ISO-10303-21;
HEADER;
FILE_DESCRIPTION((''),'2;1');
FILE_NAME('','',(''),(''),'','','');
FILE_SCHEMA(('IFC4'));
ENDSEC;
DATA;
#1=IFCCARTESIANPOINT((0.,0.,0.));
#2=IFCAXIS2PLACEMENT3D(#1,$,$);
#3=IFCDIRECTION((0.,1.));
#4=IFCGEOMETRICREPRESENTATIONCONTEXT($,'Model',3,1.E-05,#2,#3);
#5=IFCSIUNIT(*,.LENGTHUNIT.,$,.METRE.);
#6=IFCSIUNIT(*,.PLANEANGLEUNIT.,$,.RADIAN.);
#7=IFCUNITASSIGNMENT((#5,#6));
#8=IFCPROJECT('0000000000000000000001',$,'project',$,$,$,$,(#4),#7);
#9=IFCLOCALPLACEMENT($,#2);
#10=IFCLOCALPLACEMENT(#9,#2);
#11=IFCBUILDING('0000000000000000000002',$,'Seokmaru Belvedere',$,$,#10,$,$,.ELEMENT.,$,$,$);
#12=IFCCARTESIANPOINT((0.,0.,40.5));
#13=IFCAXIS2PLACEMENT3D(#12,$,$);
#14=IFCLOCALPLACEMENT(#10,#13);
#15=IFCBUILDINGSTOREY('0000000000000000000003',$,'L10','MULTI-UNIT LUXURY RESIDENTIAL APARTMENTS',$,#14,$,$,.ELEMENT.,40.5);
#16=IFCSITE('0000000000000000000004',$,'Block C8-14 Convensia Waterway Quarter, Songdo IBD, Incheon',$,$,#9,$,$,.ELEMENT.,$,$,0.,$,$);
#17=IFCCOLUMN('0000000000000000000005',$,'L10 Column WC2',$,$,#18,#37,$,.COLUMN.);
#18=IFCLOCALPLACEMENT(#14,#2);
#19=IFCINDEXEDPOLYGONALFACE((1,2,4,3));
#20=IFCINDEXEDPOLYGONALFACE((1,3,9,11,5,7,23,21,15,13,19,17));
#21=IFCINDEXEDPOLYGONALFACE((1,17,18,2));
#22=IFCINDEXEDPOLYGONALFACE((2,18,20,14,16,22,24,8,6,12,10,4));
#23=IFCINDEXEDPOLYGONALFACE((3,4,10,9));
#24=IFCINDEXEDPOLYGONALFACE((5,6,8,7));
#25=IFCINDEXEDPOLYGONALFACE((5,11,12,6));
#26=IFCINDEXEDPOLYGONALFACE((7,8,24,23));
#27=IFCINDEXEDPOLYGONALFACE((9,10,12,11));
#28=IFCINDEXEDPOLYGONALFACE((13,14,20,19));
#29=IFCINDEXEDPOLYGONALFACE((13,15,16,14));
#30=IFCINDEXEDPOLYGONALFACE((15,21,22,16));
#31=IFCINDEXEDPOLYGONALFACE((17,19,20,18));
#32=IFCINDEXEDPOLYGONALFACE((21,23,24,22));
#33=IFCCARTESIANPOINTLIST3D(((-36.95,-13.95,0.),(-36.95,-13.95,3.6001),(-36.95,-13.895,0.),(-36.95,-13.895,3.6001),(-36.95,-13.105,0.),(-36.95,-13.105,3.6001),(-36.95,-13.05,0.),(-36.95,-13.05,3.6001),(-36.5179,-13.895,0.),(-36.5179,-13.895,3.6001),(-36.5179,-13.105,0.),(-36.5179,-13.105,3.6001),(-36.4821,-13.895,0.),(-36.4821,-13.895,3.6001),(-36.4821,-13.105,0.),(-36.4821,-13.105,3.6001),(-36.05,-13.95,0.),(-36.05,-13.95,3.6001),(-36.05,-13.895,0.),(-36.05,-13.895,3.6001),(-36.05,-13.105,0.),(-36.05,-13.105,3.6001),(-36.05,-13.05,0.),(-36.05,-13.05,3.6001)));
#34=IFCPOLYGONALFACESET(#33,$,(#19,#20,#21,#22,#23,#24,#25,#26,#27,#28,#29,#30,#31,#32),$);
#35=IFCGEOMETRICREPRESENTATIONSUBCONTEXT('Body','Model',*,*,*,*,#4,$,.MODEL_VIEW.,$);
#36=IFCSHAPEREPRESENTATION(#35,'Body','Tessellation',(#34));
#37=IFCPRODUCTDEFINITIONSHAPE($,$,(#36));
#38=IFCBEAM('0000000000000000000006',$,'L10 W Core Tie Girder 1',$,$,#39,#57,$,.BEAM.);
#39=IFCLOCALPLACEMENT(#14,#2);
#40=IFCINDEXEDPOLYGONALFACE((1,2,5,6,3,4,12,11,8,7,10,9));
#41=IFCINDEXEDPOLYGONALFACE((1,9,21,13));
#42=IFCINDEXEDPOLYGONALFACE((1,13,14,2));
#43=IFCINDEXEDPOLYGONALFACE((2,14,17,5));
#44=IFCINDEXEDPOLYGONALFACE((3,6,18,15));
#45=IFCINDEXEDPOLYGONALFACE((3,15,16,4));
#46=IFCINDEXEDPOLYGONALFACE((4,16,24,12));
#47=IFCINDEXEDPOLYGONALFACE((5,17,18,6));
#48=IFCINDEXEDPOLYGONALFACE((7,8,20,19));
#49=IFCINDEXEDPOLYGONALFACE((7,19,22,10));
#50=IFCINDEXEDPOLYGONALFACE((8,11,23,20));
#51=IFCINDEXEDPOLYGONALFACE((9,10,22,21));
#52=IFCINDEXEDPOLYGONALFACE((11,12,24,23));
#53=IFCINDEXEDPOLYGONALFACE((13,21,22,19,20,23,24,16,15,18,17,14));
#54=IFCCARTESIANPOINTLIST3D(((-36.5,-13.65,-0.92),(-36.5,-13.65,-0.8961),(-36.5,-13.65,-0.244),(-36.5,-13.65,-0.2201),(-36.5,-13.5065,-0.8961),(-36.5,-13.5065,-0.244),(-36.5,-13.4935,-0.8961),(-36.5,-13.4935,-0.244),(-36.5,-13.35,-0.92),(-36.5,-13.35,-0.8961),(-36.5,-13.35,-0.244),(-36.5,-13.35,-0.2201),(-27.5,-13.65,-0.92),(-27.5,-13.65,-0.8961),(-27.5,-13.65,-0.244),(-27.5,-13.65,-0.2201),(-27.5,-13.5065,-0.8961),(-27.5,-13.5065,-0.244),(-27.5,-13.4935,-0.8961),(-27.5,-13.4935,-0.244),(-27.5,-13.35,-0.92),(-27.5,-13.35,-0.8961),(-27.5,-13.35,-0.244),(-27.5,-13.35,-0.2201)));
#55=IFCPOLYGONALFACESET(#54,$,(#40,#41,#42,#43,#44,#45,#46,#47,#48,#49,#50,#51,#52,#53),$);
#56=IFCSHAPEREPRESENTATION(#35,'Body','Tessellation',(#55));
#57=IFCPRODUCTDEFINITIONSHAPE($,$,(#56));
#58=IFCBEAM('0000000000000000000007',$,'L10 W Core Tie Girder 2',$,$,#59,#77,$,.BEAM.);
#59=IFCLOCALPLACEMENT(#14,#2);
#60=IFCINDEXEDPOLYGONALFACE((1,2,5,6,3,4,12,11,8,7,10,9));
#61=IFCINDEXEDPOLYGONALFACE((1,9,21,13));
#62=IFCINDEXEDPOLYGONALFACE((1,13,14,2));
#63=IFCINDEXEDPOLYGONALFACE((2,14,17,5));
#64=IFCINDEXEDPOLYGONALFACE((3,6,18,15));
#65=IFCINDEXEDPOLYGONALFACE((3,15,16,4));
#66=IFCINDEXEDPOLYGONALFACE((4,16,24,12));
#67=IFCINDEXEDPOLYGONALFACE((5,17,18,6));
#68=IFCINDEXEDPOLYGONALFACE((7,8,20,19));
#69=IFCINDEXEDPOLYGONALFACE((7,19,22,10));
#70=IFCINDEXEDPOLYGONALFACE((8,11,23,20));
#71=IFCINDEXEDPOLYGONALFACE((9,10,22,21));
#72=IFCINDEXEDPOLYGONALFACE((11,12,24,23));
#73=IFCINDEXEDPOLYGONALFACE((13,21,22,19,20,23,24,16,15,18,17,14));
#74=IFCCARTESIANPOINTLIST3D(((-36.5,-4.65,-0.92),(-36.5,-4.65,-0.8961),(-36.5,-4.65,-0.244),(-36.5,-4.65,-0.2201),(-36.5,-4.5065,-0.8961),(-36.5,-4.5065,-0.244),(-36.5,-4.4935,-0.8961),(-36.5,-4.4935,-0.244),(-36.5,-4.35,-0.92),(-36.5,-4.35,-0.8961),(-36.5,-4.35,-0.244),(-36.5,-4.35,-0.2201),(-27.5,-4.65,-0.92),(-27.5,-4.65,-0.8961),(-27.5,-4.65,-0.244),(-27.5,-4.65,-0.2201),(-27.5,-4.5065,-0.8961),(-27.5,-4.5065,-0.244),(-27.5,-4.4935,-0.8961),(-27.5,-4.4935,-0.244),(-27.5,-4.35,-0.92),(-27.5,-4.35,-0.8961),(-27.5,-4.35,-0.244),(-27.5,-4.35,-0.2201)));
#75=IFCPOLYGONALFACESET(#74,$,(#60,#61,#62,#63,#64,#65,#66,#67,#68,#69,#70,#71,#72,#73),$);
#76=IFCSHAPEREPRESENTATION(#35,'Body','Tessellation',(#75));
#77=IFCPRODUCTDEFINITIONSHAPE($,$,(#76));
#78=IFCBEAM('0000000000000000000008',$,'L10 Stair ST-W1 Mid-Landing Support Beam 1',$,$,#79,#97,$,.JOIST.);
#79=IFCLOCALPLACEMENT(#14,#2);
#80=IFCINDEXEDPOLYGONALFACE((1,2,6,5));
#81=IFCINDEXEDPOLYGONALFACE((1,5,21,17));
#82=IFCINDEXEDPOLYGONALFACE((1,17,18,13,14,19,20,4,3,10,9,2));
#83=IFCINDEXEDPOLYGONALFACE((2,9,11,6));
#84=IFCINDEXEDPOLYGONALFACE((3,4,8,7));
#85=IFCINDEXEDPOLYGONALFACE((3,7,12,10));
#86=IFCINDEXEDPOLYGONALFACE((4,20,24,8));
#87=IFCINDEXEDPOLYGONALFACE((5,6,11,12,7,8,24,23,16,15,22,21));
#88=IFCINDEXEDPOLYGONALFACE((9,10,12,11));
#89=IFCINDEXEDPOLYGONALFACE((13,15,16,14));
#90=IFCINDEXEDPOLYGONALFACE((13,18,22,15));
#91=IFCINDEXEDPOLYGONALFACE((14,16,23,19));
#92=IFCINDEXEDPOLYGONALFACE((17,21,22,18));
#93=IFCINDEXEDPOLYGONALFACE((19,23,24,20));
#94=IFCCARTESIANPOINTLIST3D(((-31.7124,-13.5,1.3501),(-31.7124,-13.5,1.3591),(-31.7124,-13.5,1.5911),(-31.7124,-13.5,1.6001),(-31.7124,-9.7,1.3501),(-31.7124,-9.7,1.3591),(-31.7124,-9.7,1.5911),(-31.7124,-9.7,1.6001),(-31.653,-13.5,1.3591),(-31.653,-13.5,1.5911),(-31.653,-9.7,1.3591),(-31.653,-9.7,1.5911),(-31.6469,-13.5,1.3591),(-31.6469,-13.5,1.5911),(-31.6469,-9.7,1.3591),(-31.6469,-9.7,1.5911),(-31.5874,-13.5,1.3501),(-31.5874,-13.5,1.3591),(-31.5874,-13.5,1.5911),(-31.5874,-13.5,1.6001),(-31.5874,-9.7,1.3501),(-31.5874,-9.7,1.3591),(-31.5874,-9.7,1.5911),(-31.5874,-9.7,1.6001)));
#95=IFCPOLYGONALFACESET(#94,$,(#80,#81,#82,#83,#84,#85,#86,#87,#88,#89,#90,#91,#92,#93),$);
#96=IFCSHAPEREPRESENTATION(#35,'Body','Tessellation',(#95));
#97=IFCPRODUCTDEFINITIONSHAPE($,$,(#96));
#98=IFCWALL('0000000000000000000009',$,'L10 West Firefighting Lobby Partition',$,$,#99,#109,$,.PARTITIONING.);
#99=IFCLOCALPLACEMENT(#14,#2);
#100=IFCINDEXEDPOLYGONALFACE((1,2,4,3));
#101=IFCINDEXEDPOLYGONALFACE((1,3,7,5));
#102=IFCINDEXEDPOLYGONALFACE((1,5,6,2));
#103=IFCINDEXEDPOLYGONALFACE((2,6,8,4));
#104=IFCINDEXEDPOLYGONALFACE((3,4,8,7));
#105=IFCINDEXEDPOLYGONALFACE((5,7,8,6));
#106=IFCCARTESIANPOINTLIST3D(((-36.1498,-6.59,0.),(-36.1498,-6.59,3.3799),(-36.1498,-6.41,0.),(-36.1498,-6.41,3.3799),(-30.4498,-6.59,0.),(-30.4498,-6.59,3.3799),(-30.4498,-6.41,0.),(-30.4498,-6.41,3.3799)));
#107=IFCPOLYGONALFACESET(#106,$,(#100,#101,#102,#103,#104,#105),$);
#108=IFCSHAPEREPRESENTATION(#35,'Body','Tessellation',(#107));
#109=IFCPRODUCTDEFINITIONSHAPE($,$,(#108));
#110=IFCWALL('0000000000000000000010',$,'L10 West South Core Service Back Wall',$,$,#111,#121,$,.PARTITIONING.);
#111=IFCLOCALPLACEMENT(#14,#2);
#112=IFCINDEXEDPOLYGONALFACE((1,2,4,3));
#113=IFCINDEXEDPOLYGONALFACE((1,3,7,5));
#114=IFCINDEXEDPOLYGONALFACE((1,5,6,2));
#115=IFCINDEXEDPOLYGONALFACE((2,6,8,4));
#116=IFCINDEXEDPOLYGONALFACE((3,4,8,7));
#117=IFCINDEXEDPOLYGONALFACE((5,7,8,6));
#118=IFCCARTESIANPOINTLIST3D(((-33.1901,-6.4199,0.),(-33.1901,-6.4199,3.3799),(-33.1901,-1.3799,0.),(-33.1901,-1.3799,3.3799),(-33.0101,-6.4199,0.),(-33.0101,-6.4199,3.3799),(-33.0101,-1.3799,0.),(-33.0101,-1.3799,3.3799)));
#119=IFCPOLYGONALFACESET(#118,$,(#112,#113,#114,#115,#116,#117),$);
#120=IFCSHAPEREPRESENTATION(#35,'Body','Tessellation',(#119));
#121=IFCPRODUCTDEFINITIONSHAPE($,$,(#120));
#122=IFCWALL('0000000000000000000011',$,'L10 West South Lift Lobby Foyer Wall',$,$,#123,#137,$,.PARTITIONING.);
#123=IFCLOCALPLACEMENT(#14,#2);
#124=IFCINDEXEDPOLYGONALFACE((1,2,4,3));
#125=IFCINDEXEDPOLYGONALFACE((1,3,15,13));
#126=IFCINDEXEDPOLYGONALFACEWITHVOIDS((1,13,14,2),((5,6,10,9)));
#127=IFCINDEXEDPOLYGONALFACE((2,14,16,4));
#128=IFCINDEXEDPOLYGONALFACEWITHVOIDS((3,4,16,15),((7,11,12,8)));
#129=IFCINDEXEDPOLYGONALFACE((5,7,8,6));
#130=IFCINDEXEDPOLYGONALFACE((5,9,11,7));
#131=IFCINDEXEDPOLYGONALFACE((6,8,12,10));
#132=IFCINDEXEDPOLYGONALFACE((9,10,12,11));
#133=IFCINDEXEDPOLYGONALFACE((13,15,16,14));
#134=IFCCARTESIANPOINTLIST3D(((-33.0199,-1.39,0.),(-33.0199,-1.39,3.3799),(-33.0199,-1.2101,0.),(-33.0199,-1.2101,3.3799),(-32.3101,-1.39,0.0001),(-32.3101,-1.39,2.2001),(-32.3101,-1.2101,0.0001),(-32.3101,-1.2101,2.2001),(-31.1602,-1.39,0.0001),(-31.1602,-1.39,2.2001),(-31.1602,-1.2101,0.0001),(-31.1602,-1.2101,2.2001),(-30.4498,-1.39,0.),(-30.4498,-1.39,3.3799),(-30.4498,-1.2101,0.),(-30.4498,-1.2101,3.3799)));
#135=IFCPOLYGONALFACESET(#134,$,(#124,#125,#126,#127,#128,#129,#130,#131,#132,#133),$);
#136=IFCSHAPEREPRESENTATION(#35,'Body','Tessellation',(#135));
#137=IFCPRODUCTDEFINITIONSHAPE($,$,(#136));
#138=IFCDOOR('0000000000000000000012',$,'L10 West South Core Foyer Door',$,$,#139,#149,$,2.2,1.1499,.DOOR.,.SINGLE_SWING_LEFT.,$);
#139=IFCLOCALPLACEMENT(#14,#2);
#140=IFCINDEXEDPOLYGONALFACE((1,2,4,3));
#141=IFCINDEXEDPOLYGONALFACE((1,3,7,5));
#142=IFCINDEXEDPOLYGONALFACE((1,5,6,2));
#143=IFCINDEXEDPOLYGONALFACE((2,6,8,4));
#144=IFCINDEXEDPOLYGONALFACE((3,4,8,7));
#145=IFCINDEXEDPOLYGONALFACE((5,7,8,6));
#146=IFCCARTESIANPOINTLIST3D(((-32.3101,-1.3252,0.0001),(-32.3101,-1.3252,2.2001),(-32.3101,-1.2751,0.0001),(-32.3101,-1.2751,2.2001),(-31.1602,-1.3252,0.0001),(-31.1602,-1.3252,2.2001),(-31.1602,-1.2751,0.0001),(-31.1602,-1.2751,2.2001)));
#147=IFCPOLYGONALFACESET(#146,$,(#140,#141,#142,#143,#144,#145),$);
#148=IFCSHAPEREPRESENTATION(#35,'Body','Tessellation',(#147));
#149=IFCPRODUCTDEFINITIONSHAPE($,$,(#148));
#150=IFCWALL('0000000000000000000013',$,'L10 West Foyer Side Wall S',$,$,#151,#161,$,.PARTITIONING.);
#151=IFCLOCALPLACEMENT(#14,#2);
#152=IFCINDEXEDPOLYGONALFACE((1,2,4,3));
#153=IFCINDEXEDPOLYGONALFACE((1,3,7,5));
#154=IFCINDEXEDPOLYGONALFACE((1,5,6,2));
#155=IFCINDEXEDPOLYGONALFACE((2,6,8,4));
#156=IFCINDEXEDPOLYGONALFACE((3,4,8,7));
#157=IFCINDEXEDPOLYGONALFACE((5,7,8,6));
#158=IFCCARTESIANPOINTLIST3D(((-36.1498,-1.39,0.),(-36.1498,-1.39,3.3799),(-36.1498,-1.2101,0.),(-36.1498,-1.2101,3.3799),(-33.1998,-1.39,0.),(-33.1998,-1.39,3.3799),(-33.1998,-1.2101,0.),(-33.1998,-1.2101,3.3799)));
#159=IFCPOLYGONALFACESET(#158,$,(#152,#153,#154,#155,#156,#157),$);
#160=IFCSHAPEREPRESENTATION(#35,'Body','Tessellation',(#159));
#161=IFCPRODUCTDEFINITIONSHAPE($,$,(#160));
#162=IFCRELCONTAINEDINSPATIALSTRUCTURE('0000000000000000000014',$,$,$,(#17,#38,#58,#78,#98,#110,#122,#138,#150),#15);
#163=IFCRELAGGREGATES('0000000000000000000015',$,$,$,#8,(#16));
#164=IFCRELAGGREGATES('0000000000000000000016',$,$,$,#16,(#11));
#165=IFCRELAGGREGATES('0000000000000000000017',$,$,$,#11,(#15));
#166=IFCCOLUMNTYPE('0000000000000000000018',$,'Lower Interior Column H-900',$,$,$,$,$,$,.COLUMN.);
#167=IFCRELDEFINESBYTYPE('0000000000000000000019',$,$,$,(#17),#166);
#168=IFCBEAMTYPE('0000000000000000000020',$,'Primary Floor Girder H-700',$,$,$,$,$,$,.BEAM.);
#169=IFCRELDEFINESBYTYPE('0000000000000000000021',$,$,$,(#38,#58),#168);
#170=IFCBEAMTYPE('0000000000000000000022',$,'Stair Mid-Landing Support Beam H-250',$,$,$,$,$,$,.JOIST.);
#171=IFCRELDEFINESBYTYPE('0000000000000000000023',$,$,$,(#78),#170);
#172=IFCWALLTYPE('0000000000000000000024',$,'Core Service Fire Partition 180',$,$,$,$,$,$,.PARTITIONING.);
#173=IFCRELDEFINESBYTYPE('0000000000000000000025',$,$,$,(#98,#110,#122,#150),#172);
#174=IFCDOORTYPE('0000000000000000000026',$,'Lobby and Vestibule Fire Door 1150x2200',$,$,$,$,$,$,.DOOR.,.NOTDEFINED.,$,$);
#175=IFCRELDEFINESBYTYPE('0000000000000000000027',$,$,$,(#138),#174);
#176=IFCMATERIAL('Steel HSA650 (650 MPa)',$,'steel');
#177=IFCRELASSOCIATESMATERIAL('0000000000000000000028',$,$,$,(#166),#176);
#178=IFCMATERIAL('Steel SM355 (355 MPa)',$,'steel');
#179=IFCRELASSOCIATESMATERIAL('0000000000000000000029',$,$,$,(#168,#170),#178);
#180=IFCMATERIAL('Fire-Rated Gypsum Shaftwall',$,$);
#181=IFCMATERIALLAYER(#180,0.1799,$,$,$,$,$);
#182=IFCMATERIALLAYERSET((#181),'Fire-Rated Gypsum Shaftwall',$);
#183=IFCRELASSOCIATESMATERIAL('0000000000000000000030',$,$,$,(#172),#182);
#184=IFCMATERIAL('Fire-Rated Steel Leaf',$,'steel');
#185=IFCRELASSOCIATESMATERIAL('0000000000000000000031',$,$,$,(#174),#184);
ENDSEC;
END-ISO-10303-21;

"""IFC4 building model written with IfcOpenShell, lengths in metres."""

from ifc_helpers import new_model, si_unit, direction, frame, frame_2d, origin, origin_2d, place, context, subcontext, project, spatial, rectangle, i_section, extrude, source, transform, mapped, material, layer, layer_set, material_profile, profile_set, type_object, type_shapes, element, fill, save


model = new_model("IFC4")

# Units and contexts
model_context = context("Model", 3, precision=1e-05, world=origin(), true_north=direction((0.0, 1.0)))
body_context = subcontext(model_context, "Body", "Model", "MODEL_VIEW")
ifc_project = project(units=[si_unit("LENGTHUNIT", "METRE"), si_unit("PLANEANGLEUNIT", "RADIAN")], contexts=[model_context])

# Site, building, storey
site_placement = place(None, origin())
site = spatial("IfcSite", under=ifc_project, at=site_placement, Name="Block C8-14 Convensia Waterway Quarter, Songdo IBD, Incheon", CompositionType="ELEMENT", RefElevation=0.0)
building_placement = place(site_placement, origin())
building = spatial("IfcBuilding", under=site, at=building_placement, Name="Seokmaru Belvedere", CompositionType="ELEMENT")
storey_placement = place(building_placement, frame((0.0, 0.0, 40.5)))
storey = spatial("IfcBuildingStorey", under=building, at=storey_placement, Name="L10", Description="MULTI-UNIT LUXURY RESIDENTIAL APARTMENTS", CompositionType="ELEMENT", Elevation=40.5)

# Column
ifc_material_1 = material(Name="Steel HSA650 (650 MPa)", Category="steel")
ifc_material_profile_1 = material_profile(ifc_material_1, i_section(OverallWidth=0.8999, OverallDepth=0.8999, WebThickness=0.0359, FlangeThickness=0.0549, at=origin_2d()), Name="H-900x900x36x55")
ifc_profile_set_1 = profile_set([ifc_material_profile_1], Name="Steel HSA650 (650 MPa)")
column_type = type_object("IfcColumnType", Name="Lower Interior Column H-900", PredefinedType="COLUMN", material=ifc_profile_set_1)
shared_shape_1 = source(origin(), body_context, "Body", "SweptSolid", [
    extrude(i_section(OverallWidth=0.8999, OverallDepth=0.8999, WebThickness=0.0359, FlangeThickness=0.0549, at=origin_2d()), origin(), (0.0, 0.0, 1.0), 3.6001),
])
type_shapes(column_type, [shared_shape_1])
column_placement = place(storey_placement, frame((-36.5, -13.5, 0.0), z_axis=(0.0, 0.0, 1.0), x_axis=(1.0, 0.0, 0.0)))
element("IfcColumn", 1, at=column_placement, inside=storey, type_object=column_type, Name="L10 Column WC2", PredefinedType="COLUMN", context=body_context, shape_type="MappedRepresentation", body=[
    mapped(shared_shape_1, transform((0.0, 0.0, 0.0), scale=1.0)),
])

# Beams
ifc_material_2 = material(Name="Steel SM355 (355 MPa)", Category="steel")
ifc_material_profile_2 = material_profile(ifc_material_2, i_section(OverallWidth=0.3, OverallDepth=0.7, WebThickness=0.0129, FlangeThickness=0.0239, at=origin_2d()), Name="H-700x300x13x24")
ifc_profile_set_2 = profile_set([ifc_material_profile_2], Name="Steel SM355 (355 MPa)")
beam_type_1 = type_object("IfcBeamType", Name="Primary Floor Girder H-700", PredefinedType="BEAM", material=ifc_profile_set_2)
shared_shape_2 = source(origin(), body_context, "Body", "SweptSolid", [
    extrude(i_section(OverallWidth=0.3, OverallDepth=0.7, WebThickness=0.0129, FlangeThickness=0.0239, at=origin_2d()), origin(), (0.0, 0.0, 1.0), 9.0),
])
type_shapes(beam_type_1, [shared_shape_2])
for number, where, z_axis, x_axis, name in (
    (2, (-36.5, -13.5, -0.5701), (1.0, 0.0, 0.0), (0.0, 1.0, 0.0), "L10 W Core Tie Girder 1"),
    (3, (-36.5, -4.5, -0.5701), (1.0, 0.0, 0.0), (0.0, 1.0, 0.0), "L10 W Core Tie Girder 2"),
):
    element("IfcBeam", number, at=place(storey_placement, frame(where, z_axis=z_axis, x_axis=x_axis)), inside=storey, type_object=beam_type_1, Name=name, PredefinedType="BEAM", context=body_context, shape_type="MappedRepresentation", body=[
        mapped(shared_shape_2, transform((0.0, 0.0, 0.0), scale=1.0)),
    ])
ifc_material_profile_3 = material_profile(ifc_material_2, i_section(OverallWidth=0.125, OverallDepth=0.25, WebThickness=0.0061, FlangeThickness=0.009, at=origin_2d()), Name="H-250x125x6x9")
ifc_profile_set_3 = profile_set([ifc_material_profile_3], Name="Steel SM355 (355 MPa)")
beam_type_2 = type_object("IfcBeamType", Name="Stair Mid-Landing Support Beam H-250", PredefinedType="JOIST", material=ifc_profile_set_3)
shared_shape_3 = source(origin(), body_context, "Body", "SweptSolid", [
    extrude(i_section(OverallWidth=0.125, OverallDepth=0.25, WebThickness=0.0061, FlangeThickness=0.009, at=origin_2d()), origin(), (0.0, 0.0, 1.0), 3.8),
])
type_shapes(beam_type_2, [shared_shape_3])
beam_placement = place(storey_placement, frame((-31.6499, -13.5, 1.4751), z_axis=(0.0, 1.0, 0.0), x_axis=(-1.0, 0.0, 0.0)))
element("IfcBeam", 4, at=beam_placement, inside=storey, type_object=beam_type_2, Name="L10 Stair ST-W1 Mid-Landing Support Beam 1", PredefinedType="JOIST", context=body_context, shape_type="MappedRepresentation", body=[
    mapped(shared_shape_3, transform((0.0, 0.0, 0.0), scale=1.0)),
])

# Walls
ifc_material_3 = material(Name="Fire-Rated Gypsum Shaftwall")
ifc_layer_1 = layer(ifc_material_3, 0.1799)
ifc_layer_set_1 = layer_set([ifc_layer_1], Name="Fire-Rated Gypsum Shaftwall")
wall_type_1 = type_object("IfcWallType", Name="Core Service Fire Partition 180", PredefinedType="PARTITIONING", material=ifc_layer_set_1)
wall_1_placement = place(storey_placement, frame((-36.1499, -6.5, 0.0), z_axis=(0.0, 0.0, 1.0), x_axis=(1.0, 0.0, 0.0)))
element("IfcWall", 5, at=wall_1_placement, inside=storey, type_object=wall_type_1, Name="L10 West Firefighting Lobby Partition", PredefinedType="PARTITIONING", context=body_context, shape_type="SweptSolid", body=[
    extrude(rectangle(XDim=5.7, YDim=0.1799, at=frame_2d((2.8501, 0.0))), origin(), (0.0, 0.0, 1.0), 3.3799),
])
wall_2_placement = place(storey_placement, frame((-33.1001, -6.4199, 0.0), z_axis=(0.0, 0.0, 1.0), x_axis=(0.0, 1.0, 0.0)))
element("IfcWall", 6, at=wall_2_placement, inside=storey, type_object=wall_type_1, Name="L10 West South Core Service Back Wall", PredefinedType="PARTITIONING", context=body_context, shape_type="SweptSolid", body=[
    extrude(rectangle(XDim=5.04, YDim=0.1799, at=frame_2d((2.52, 0.0))), origin(), (0.0, 0.0, 1.0), 3.3799),
])

# Wall, opening, door
wall_3_placement = place(storey_placement, frame((-33.02, -1.3, 0.0), z_axis=(0.0, 0.0, 1.0), x_axis=(1.0, 0.0, 0.0)))
wall_3 = element("IfcWall", 7, at=wall_3_placement, inside=storey, type_object=wall_type_1, Name="L10 West South Lift Lobby Foyer Wall", PredefinedType="PARTITIONING", context=body_context, shape_type="SweptSolid", body=[
    extrude(rectangle(XDim=2.5701, YDim=0.1799, at=frame_2d((1.2852, 0.0))), origin(), (0.0, 0.0, 1.0), 3.3799),
])
opening_1_placement = place(wall_3_placement, frame((0.71, 0.0, 0.0)))
opening_1 = element("IfcOpeningElement", 8, at=opening_1_placement, cuts=wall_3, PredefinedType="OPENING", context=body_context, shape_type="SweptSolid", body=[
    extrude(rectangle(XDim=1.1499, YDim=2.2, at=frame_2d((0.575, 1.1001))), frame((0.0, 0.1001, 0.0), z_axis=(0.0, -1.0, 0.0), x_axis=(1.0, 0.0, 0.0)), (0.0, 0.0, 1.0), 0.2),
])
ifc_material_4 = material(Name="Fire-Rated Steel Leaf", Category="steel")
door_type_1 = type_object("IfcDoorType", Name="Lobby and Vestibule Fire Door 1150x2200", OperationType="NOTDEFINED", PredefinedType="DOOR", material=ifc_material_4)
shared_shape_4 = source(origin(), body_context, "Body", "SweptSolid", [
    extrude(rectangle(XDim=1.1499, YDim=2.2, at=frame_2d((0.575, 1.1001))), frame((0.0, 0.0249, 0.0), z_axis=(0.0, -1.0, 0.0), x_axis=(1.0, 0.0, 0.0)), (0.0, 0.0, 1.0), 0.05),
])
type_shapes(door_type_1, [shared_shape_4])
door_1_placement = place(opening_1_placement, origin())
door_1 = element("IfcDoor", 9, at=door_1_placement, inside=storey, type_object=door_type_1, Name="L10 West South Core Foyer Door", OperationType="SINGLE_SWING_LEFT", OverallHeight=2.2, OverallWidth=1.1499, PredefinedType="DOOR", context=body_context, shape_type="MappedRepresentation", body=[
    mapped(shared_shape_4, transform((0.0, 0.0, 0.0), scale=1.0)),
])
fill(opening_1, door_1)

# Wall
wall_4_placement = place(storey_placement, frame((-36.1499, -1.3, 0.0), z_axis=(0.0, 0.0, 1.0), x_axis=(1.0, 0.0, 0.0)))
element("IfcWall", 10, at=wall_4_placement, inside=storey, type_object=wall_type_1, Name="L10 West Foyer Side Wall S", PredefinedType="PARTITIONING", context=body_context, shape_type="SweptSolid", body=[
    extrude(rectangle(XDim=2.95, YDim=0.1799, at=frame_2d((1.4751, 0.0))), origin(), (0.0, 0.0, 1.0), 3.3799),
])

save(model, "model.ifc")
